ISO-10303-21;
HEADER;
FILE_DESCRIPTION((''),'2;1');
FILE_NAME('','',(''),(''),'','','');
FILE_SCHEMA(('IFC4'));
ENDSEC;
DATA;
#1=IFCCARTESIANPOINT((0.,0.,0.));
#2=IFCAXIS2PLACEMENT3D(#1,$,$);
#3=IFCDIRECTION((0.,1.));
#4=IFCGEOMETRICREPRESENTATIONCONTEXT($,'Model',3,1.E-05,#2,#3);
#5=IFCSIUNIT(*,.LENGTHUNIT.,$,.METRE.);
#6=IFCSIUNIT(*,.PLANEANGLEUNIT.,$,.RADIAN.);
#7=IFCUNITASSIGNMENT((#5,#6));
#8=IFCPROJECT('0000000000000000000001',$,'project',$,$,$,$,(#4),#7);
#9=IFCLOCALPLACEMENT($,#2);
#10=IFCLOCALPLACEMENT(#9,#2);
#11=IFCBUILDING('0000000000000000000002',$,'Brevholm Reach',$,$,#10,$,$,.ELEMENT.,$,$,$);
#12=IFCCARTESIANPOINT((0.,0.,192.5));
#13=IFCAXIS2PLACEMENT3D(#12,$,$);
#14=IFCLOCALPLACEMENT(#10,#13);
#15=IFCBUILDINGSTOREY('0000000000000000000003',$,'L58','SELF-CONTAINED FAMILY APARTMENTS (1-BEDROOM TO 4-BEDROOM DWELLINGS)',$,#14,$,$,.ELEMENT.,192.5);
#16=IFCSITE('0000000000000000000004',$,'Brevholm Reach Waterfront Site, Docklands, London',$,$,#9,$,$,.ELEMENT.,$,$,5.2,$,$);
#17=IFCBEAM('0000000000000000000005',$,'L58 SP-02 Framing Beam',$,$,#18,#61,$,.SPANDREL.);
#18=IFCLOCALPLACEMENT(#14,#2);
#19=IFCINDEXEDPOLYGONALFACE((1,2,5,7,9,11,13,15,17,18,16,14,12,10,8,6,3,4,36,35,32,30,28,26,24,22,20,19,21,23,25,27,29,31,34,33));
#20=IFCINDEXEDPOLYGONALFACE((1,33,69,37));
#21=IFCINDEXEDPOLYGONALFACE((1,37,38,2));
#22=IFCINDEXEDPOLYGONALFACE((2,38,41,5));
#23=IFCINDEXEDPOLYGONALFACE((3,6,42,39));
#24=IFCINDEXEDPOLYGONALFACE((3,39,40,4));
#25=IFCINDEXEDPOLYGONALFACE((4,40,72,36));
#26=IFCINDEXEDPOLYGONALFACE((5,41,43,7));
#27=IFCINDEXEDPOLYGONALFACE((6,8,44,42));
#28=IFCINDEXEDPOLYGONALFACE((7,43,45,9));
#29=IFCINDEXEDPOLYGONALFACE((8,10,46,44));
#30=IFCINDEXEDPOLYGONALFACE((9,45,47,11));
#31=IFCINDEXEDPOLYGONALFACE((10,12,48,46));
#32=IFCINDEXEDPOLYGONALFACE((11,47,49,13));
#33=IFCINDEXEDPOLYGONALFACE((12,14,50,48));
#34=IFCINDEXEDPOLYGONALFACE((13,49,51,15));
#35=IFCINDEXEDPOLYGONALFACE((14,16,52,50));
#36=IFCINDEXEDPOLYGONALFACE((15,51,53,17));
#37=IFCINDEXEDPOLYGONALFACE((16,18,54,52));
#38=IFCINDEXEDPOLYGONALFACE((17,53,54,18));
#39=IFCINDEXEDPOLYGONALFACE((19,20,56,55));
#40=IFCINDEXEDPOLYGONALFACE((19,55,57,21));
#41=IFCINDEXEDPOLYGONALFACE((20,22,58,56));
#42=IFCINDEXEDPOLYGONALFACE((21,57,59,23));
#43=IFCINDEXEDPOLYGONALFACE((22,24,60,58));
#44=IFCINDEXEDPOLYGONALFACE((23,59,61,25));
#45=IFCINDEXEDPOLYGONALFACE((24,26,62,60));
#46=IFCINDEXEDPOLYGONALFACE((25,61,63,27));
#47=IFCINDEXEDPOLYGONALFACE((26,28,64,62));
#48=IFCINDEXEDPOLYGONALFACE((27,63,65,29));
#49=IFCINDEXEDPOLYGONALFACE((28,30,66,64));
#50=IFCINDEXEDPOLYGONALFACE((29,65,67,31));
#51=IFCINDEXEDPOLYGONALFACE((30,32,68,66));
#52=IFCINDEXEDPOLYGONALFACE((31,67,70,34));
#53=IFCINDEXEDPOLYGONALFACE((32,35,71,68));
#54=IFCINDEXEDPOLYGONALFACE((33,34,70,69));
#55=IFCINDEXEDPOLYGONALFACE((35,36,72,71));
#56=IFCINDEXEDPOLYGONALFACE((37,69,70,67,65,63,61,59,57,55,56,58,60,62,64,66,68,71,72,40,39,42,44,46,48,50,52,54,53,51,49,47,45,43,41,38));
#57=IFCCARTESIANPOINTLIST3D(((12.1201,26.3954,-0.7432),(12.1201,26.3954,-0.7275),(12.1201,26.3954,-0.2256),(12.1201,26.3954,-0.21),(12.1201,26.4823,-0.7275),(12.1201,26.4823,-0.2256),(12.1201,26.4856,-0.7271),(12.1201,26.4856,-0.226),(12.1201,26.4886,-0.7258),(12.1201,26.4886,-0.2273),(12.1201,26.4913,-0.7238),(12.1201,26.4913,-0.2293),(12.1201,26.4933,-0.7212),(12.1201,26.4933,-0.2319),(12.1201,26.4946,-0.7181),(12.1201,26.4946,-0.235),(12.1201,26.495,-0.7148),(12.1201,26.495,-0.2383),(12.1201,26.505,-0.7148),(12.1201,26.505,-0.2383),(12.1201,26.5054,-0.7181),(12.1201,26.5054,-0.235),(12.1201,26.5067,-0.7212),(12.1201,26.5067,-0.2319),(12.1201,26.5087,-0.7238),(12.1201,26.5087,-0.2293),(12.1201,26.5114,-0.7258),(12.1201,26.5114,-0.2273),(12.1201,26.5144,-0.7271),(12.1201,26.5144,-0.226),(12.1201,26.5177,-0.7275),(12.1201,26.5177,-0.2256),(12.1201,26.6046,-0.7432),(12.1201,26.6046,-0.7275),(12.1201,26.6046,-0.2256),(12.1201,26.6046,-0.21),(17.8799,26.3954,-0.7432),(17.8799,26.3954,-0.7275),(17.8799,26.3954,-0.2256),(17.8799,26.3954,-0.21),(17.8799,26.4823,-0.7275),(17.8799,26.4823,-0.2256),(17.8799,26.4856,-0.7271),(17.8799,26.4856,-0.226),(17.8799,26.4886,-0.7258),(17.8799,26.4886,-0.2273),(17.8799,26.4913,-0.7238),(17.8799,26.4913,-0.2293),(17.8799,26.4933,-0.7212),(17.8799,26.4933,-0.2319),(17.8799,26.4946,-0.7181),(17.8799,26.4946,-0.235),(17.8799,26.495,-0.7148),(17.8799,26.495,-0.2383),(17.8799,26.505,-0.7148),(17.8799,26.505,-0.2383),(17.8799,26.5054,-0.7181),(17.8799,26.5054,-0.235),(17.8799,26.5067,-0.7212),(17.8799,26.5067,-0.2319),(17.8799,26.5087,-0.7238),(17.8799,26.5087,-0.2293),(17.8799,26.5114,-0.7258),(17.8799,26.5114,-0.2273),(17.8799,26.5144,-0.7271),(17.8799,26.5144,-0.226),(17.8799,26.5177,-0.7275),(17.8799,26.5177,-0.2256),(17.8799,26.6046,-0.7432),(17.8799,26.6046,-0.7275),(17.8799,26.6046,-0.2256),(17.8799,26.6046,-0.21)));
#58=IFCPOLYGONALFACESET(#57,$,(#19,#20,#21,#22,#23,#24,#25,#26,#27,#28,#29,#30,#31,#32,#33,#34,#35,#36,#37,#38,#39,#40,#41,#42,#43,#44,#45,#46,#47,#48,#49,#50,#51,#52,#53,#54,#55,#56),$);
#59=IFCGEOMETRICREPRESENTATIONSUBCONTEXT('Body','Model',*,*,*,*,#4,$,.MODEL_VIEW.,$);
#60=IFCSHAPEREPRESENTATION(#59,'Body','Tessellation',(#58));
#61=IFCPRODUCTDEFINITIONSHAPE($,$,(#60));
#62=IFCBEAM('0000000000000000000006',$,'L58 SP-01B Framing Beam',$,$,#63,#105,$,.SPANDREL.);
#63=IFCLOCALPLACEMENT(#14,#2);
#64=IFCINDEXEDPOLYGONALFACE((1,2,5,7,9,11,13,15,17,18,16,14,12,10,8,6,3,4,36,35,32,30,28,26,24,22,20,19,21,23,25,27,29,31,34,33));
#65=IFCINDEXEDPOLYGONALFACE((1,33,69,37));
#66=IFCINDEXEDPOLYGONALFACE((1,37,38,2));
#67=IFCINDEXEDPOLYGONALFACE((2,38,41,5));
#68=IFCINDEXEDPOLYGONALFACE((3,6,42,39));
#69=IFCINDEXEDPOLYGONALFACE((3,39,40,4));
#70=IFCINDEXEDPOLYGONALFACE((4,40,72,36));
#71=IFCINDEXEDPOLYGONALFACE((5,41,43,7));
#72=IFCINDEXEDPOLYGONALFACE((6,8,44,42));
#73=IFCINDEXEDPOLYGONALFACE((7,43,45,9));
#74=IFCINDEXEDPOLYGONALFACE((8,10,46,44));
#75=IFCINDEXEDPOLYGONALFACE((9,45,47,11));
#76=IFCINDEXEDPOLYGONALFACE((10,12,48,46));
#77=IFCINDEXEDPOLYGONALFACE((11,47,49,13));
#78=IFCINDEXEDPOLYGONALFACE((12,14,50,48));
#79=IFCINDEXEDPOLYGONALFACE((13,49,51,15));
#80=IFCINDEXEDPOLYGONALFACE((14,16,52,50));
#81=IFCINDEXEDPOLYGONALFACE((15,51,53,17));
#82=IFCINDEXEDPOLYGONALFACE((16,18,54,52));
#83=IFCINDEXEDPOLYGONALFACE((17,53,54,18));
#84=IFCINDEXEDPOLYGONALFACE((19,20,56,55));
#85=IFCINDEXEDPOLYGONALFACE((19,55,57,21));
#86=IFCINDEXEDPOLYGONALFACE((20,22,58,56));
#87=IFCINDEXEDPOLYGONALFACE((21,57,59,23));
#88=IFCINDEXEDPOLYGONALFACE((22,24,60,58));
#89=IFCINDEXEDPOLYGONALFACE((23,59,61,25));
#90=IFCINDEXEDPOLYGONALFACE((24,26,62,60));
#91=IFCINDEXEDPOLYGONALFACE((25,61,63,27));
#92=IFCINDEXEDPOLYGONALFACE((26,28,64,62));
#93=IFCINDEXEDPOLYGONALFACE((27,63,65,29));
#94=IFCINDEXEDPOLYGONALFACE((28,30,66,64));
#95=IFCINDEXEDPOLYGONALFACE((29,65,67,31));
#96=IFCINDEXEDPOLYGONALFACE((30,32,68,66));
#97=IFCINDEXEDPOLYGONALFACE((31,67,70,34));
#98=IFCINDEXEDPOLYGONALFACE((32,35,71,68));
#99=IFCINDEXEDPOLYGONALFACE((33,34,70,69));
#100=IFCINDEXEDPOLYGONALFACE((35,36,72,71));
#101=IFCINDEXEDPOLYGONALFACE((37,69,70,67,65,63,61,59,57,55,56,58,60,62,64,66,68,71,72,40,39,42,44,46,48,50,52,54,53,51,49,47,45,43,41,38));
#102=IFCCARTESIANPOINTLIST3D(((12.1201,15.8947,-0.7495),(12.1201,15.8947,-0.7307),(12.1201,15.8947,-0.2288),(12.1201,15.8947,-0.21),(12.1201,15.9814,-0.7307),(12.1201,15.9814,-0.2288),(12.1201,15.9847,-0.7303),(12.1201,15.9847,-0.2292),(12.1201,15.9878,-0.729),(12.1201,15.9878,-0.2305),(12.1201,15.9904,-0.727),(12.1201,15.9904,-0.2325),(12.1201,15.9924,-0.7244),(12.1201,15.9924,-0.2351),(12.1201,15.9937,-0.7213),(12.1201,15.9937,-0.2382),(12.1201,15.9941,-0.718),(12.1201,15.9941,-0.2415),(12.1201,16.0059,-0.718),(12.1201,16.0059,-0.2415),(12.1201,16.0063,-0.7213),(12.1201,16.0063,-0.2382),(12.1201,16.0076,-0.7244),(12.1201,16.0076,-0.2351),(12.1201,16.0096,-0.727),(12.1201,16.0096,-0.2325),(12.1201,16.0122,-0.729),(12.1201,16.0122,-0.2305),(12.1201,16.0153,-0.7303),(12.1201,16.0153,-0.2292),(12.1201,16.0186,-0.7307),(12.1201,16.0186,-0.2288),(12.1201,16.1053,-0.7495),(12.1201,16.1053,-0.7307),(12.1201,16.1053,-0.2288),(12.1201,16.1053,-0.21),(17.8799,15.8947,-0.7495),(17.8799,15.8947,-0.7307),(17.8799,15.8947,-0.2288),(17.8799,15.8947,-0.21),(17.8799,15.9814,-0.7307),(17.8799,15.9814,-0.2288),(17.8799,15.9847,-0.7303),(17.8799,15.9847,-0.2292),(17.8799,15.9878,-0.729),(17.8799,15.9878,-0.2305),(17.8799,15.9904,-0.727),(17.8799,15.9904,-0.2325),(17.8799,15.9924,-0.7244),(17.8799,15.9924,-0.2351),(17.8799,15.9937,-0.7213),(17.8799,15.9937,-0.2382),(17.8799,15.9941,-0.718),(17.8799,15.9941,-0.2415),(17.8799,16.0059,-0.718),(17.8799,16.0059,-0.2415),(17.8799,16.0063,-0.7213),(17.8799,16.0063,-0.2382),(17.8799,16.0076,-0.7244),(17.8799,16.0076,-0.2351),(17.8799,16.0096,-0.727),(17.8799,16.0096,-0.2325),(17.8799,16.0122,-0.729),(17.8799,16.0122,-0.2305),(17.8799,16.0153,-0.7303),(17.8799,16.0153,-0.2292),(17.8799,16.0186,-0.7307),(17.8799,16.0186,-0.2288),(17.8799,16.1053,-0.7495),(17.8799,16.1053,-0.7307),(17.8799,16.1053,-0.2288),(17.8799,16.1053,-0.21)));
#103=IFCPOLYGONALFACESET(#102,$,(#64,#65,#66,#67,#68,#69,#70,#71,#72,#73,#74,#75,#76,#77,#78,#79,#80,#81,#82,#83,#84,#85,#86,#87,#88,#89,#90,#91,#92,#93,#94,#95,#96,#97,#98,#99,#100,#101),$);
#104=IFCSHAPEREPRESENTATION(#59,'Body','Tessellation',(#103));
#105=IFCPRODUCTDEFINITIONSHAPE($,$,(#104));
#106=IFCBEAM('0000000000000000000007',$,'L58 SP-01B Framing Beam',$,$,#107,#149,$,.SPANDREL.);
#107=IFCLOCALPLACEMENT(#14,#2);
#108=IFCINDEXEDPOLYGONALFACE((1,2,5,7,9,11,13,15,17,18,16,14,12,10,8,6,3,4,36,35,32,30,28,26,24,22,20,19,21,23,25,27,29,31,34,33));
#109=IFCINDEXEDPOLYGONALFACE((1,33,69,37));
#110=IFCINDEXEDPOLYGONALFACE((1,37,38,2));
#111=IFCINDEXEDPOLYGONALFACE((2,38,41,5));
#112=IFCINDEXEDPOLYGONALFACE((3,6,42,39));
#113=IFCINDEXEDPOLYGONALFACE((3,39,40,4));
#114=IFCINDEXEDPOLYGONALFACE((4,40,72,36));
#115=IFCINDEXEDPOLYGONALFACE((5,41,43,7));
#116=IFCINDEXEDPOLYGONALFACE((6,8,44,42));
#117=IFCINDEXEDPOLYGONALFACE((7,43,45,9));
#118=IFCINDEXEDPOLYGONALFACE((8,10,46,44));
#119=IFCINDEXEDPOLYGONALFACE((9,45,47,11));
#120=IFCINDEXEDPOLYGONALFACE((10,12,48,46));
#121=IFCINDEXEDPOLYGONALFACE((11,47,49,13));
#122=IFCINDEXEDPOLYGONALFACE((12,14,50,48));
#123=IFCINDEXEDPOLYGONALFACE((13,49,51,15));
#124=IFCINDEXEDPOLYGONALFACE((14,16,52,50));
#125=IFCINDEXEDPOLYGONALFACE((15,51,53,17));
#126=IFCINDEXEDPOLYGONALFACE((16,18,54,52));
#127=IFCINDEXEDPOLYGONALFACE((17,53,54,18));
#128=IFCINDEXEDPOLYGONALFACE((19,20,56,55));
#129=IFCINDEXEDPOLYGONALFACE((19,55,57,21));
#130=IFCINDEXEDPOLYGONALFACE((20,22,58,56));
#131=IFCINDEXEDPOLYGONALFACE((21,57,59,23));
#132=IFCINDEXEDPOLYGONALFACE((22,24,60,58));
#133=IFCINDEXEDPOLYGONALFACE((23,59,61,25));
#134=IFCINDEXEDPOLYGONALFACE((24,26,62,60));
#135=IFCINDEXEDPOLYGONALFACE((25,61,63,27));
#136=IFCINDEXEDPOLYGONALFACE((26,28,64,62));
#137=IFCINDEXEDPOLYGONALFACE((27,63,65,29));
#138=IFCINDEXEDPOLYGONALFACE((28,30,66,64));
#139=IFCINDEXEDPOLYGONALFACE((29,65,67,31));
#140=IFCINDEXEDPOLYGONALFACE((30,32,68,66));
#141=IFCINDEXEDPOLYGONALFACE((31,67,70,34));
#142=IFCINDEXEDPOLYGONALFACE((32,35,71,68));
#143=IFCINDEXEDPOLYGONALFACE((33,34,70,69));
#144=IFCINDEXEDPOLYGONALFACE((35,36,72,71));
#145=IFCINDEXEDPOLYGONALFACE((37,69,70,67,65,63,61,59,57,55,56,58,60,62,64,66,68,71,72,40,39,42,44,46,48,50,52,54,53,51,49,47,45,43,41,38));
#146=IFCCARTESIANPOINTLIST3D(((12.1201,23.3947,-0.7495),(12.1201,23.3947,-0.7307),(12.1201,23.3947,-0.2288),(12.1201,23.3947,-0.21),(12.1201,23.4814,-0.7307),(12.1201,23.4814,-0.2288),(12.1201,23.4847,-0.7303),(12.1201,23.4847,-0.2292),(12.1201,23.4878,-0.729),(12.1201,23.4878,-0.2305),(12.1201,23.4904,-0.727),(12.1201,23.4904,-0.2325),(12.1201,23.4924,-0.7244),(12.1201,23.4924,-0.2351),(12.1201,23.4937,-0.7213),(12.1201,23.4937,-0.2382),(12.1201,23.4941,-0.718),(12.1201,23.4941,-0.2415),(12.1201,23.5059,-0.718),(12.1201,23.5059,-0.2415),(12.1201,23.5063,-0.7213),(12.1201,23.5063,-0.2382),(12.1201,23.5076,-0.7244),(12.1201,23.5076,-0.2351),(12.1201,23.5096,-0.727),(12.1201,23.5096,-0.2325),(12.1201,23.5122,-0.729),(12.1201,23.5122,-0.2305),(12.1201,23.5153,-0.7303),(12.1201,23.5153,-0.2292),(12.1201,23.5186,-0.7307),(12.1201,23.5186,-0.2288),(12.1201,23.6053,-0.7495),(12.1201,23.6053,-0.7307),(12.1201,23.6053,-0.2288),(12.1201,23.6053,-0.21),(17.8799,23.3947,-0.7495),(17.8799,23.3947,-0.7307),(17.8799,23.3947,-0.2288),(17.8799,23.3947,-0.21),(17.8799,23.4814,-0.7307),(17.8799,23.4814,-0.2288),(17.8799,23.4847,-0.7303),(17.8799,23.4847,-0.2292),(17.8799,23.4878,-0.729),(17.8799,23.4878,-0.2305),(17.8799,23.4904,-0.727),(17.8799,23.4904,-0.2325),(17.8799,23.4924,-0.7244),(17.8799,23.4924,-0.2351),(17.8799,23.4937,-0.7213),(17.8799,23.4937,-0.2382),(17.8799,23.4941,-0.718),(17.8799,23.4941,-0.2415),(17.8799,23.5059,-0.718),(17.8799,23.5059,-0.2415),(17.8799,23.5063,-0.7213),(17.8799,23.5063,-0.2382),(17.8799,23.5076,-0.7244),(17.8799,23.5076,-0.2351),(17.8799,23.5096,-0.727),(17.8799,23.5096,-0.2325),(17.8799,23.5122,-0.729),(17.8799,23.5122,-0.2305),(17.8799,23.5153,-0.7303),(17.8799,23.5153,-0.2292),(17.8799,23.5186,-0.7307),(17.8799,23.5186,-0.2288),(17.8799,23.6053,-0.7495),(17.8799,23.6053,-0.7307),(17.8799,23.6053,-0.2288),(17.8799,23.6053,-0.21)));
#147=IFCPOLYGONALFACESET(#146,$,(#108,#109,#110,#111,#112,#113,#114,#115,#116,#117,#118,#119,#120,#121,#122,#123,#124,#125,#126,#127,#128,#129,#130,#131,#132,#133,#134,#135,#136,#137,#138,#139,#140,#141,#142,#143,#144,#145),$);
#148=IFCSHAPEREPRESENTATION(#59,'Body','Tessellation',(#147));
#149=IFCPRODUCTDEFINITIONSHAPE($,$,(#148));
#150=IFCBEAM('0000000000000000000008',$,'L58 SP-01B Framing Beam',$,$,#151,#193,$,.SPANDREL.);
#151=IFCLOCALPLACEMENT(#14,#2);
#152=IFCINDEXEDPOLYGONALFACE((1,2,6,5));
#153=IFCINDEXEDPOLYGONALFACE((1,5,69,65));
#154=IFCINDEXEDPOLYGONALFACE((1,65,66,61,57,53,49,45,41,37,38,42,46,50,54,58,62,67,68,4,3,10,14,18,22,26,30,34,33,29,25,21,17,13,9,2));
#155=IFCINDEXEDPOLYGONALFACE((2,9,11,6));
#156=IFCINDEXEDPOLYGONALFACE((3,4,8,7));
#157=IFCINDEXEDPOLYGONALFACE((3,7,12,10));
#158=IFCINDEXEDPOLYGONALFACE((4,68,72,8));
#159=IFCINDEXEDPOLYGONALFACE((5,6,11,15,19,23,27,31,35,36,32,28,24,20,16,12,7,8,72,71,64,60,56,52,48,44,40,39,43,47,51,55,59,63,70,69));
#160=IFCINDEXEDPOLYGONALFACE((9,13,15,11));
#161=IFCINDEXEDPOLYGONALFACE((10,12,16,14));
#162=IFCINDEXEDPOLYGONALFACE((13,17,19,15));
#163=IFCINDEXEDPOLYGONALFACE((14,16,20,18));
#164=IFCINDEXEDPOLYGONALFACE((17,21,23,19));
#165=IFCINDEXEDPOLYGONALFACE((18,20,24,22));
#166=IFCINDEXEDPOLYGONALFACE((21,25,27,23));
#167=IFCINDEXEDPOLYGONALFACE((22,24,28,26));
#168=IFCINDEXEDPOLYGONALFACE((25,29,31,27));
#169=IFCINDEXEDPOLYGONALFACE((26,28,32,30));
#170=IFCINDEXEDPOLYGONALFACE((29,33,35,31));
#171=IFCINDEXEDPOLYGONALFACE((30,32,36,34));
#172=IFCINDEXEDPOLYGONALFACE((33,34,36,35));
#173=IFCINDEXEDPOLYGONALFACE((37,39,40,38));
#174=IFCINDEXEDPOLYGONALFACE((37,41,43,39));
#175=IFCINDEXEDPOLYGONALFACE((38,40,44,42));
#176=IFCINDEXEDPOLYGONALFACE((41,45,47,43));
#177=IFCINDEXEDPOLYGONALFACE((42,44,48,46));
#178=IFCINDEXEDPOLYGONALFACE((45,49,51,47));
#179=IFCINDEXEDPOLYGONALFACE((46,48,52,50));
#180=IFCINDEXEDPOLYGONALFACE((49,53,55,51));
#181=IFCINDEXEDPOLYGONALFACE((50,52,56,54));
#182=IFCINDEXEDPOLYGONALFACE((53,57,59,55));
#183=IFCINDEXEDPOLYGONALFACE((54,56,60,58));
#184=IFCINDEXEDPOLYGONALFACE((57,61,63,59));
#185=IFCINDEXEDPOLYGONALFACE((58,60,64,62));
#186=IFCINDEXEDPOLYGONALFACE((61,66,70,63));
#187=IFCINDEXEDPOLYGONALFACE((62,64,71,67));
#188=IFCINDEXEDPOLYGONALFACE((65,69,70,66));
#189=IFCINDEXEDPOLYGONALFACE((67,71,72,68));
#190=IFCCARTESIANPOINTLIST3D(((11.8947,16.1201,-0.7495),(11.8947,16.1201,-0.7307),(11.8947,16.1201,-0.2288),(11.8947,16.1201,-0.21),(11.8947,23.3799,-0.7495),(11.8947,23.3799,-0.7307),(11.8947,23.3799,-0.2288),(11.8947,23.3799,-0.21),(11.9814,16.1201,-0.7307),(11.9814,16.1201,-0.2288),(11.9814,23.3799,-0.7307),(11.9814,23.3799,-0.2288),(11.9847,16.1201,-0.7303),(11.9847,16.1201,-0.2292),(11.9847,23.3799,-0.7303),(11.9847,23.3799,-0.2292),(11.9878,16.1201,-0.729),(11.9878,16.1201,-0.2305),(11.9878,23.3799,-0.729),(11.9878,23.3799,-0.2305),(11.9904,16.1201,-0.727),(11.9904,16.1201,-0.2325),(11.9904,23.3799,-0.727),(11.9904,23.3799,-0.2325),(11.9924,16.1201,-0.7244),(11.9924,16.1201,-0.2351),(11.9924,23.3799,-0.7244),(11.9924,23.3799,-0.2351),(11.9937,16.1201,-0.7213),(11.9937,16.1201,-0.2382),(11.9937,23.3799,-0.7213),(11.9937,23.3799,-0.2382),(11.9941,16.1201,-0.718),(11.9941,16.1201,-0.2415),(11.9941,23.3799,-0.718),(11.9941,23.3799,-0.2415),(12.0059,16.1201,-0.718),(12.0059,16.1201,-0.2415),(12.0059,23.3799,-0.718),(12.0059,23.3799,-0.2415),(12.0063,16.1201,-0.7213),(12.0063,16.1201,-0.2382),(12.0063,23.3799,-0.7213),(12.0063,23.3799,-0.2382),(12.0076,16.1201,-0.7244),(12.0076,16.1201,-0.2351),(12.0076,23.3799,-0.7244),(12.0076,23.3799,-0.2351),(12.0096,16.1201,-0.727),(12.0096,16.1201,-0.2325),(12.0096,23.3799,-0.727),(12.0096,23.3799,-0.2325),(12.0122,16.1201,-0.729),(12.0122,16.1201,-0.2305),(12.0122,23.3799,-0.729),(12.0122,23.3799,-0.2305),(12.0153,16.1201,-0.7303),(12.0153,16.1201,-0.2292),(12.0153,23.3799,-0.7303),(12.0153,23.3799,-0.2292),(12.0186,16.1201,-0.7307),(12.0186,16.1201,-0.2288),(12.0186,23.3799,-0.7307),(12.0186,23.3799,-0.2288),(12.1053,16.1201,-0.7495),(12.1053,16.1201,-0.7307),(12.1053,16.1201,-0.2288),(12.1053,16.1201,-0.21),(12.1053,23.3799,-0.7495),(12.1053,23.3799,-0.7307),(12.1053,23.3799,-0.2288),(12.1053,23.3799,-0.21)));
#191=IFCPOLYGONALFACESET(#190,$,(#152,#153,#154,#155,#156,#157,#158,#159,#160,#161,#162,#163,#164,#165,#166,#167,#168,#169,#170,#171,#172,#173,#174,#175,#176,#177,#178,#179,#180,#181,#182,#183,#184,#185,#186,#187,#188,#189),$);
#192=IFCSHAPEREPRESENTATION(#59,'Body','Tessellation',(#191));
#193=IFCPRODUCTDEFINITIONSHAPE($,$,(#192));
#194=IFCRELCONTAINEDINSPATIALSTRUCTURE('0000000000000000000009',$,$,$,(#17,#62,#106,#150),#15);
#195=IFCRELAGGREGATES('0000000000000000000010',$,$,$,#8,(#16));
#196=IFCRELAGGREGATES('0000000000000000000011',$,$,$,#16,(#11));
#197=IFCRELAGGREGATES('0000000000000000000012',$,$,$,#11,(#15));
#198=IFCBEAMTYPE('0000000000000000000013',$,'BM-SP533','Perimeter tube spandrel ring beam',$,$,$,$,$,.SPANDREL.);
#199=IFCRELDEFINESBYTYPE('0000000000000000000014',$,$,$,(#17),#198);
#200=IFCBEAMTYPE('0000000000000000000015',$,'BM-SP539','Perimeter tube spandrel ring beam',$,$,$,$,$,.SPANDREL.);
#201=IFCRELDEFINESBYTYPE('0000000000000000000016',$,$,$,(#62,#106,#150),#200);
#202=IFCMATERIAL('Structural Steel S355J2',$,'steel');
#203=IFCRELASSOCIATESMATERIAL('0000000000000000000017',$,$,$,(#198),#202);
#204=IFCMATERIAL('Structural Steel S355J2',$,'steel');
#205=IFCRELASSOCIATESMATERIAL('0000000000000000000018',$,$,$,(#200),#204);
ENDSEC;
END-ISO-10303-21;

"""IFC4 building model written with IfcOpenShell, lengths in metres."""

from ifc_helpers import new_model, si_unit, direction, frame, origin, origin_2d, place, context, subcontext, project, spatial, i_section, extrude, material, material_profile, profile_set, type_object, element, save


model = new_model("IFC4")

# Units and contexts
model_context = context("Model", 3, precision=1e-05, world=origin(), true_north=direction((0.0, 1.0)))
body_context = subcontext(model_context, "Body", "Model", "MODEL_VIEW")
ifc_project = project(units=[si_unit("LENGTHUNIT", "METRE"), si_unit("PLANEANGLEUNIT", "RADIAN")], contexts=[model_context])

# Site, building, storey
site_placement = place(None, origin())
site = spatial("IfcSite", under=ifc_project, at=site_placement, Name="Brevholm Reach Waterfront Site, Docklands, London", CompositionType="ELEMENT", RefElevation=5.2)
building_placement = place(site_placement, origin())
building = spatial("IfcBuilding", under=site, at=building_placement, Name="Brevholm Reach", CompositionType="ELEMENT")
storey_placement = place(building_placement, frame((0.0, 0.0, 192.5)))
storey = spatial("IfcBuildingStorey", under=building, at=storey_placement, Name="L58", Description="SELF-CONTAINED FAMILY APARTMENTS (1-BEDROOM TO 4-BEDROOM DWELLINGS)", CompositionType="ELEMENT", Elevation=192.5)

# Beams
ifc_material_1 = material(Name="Structural Steel S355J2", Category="steel")
ifc_material_profile_1 = material_profile(ifc_material_1, i_section(OverallWidth=0.2092, OverallDepth=0.5332, WebThickness=0.01, FlangeThickness=0.0156, FilletRadius=0.0127, at=origin_2d()), Name="UKB 533x210x92")
ifc_profile_set_1 = profile_set([ifc_material_profile_1], Name="Structural Steel S355J2")
beam_type_1 = type_object("IfcBeamType", Name="BM-SP533", Description="Perimeter tube spandrel ring beam", PredefinedType="SPANDREL", material=ifc_profile_set_1)
beam_1_placement = place(storey_placement, frame((12.1201, 26.5, -0.4766), z_axis=(1.0, 0.0, 0.0), x_axis=(0.0, 1.0, 0.0)))
element("IfcBeam", 1, at=beam_1_placement, inside=storey, type_object=beam_type_1, Name="L58 SP-02 Framing Beam", PredefinedType="SPANDREL", context=body_context, shape_type="SweptSolid", body=[
    extrude(i_section(OverallWidth=0.2092, OverallDepth=0.5332, WebThickness=0.01, FlangeThickness=0.0156, FilletRadius=0.0127, at=origin_2d()), origin(), (0.0, 0.0, 1.0), 5.7598),
])
ifc_material_2 = material(Name="Structural Steel S355J2", Category="steel")
ifc_material_profile_2 = material_profile(ifc_material_2, i_section(OverallWidth=0.2107, OverallDepth=0.5396, WebThickness=0.0117, FlangeThickness=0.0188, FilletRadius=0.0127, at=origin_2d()), Name="UKB 533x210x109")
ifc_profile_set_2 = profile_set([ifc_material_profile_2], Name="Structural Steel S355J2")
beam_type_2 = type_object("IfcBeamType", Name="BM-SP539", Description="Perimeter tube spandrel ring beam", PredefinedType="SPANDREL", material=ifc_profile_set_2)
for number, where, z_axis, x_axis, name in (
    (2, (12.1201, 16.0, -0.4797), (1.0, 0.0, 0.0), (0.0, 1.0, 0.0), "L58 SP-01B Framing Beam"),
    (3, (12.1201, 23.5, -0.4797), (1.0, 0.0, 0.0), (0.0, 1.0, 0.0), "L58 SP-01B Framing Beam"),
):
    element("IfcBeam", number, at=place(storey_placement, frame(where, z_axis=z_axis, x_axis=x_axis)), inside=storey, type_object=beam_type_2, Name=name, PredefinedType="SPANDREL", context=body_context, shape_type="SweptSolid", body=[
        extrude(i_section(OverallWidth=0.2107, OverallDepth=0.5396, WebThickness=0.0117, FlangeThickness=0.0188, FilletRadius=0.0127, at=origin_2d()), origin(), (0.0, 0.0, 1.0), 5.7598),
    ])
beam_2_placement = place(storey_placement, frame((12.0, 16.1201, -0.4797), z_axis=(0.0, 1.0, 0.0), x_axis=(-1.0, 0.0, 0.0)))
element("IfcBeam", 4, at=beam_2_placement, inside=storey, type_object=beam_type_2, Name="L58 SP-01B Framing Beam", PredefinedType="SPANDREL", context=body_context, shape_type="SweptSolid", body=[
    extrude(i_section(OverallWidth=0.2107, OverallDepth=0.5396, WebThickness=0.0117, FlangeThickness=0.0188, FilletRadius=0.0127, at=origin_2d()), origin(), (0.0, 0.0, 1.0), 7.2598),
])

save(model, "model.ifc")
